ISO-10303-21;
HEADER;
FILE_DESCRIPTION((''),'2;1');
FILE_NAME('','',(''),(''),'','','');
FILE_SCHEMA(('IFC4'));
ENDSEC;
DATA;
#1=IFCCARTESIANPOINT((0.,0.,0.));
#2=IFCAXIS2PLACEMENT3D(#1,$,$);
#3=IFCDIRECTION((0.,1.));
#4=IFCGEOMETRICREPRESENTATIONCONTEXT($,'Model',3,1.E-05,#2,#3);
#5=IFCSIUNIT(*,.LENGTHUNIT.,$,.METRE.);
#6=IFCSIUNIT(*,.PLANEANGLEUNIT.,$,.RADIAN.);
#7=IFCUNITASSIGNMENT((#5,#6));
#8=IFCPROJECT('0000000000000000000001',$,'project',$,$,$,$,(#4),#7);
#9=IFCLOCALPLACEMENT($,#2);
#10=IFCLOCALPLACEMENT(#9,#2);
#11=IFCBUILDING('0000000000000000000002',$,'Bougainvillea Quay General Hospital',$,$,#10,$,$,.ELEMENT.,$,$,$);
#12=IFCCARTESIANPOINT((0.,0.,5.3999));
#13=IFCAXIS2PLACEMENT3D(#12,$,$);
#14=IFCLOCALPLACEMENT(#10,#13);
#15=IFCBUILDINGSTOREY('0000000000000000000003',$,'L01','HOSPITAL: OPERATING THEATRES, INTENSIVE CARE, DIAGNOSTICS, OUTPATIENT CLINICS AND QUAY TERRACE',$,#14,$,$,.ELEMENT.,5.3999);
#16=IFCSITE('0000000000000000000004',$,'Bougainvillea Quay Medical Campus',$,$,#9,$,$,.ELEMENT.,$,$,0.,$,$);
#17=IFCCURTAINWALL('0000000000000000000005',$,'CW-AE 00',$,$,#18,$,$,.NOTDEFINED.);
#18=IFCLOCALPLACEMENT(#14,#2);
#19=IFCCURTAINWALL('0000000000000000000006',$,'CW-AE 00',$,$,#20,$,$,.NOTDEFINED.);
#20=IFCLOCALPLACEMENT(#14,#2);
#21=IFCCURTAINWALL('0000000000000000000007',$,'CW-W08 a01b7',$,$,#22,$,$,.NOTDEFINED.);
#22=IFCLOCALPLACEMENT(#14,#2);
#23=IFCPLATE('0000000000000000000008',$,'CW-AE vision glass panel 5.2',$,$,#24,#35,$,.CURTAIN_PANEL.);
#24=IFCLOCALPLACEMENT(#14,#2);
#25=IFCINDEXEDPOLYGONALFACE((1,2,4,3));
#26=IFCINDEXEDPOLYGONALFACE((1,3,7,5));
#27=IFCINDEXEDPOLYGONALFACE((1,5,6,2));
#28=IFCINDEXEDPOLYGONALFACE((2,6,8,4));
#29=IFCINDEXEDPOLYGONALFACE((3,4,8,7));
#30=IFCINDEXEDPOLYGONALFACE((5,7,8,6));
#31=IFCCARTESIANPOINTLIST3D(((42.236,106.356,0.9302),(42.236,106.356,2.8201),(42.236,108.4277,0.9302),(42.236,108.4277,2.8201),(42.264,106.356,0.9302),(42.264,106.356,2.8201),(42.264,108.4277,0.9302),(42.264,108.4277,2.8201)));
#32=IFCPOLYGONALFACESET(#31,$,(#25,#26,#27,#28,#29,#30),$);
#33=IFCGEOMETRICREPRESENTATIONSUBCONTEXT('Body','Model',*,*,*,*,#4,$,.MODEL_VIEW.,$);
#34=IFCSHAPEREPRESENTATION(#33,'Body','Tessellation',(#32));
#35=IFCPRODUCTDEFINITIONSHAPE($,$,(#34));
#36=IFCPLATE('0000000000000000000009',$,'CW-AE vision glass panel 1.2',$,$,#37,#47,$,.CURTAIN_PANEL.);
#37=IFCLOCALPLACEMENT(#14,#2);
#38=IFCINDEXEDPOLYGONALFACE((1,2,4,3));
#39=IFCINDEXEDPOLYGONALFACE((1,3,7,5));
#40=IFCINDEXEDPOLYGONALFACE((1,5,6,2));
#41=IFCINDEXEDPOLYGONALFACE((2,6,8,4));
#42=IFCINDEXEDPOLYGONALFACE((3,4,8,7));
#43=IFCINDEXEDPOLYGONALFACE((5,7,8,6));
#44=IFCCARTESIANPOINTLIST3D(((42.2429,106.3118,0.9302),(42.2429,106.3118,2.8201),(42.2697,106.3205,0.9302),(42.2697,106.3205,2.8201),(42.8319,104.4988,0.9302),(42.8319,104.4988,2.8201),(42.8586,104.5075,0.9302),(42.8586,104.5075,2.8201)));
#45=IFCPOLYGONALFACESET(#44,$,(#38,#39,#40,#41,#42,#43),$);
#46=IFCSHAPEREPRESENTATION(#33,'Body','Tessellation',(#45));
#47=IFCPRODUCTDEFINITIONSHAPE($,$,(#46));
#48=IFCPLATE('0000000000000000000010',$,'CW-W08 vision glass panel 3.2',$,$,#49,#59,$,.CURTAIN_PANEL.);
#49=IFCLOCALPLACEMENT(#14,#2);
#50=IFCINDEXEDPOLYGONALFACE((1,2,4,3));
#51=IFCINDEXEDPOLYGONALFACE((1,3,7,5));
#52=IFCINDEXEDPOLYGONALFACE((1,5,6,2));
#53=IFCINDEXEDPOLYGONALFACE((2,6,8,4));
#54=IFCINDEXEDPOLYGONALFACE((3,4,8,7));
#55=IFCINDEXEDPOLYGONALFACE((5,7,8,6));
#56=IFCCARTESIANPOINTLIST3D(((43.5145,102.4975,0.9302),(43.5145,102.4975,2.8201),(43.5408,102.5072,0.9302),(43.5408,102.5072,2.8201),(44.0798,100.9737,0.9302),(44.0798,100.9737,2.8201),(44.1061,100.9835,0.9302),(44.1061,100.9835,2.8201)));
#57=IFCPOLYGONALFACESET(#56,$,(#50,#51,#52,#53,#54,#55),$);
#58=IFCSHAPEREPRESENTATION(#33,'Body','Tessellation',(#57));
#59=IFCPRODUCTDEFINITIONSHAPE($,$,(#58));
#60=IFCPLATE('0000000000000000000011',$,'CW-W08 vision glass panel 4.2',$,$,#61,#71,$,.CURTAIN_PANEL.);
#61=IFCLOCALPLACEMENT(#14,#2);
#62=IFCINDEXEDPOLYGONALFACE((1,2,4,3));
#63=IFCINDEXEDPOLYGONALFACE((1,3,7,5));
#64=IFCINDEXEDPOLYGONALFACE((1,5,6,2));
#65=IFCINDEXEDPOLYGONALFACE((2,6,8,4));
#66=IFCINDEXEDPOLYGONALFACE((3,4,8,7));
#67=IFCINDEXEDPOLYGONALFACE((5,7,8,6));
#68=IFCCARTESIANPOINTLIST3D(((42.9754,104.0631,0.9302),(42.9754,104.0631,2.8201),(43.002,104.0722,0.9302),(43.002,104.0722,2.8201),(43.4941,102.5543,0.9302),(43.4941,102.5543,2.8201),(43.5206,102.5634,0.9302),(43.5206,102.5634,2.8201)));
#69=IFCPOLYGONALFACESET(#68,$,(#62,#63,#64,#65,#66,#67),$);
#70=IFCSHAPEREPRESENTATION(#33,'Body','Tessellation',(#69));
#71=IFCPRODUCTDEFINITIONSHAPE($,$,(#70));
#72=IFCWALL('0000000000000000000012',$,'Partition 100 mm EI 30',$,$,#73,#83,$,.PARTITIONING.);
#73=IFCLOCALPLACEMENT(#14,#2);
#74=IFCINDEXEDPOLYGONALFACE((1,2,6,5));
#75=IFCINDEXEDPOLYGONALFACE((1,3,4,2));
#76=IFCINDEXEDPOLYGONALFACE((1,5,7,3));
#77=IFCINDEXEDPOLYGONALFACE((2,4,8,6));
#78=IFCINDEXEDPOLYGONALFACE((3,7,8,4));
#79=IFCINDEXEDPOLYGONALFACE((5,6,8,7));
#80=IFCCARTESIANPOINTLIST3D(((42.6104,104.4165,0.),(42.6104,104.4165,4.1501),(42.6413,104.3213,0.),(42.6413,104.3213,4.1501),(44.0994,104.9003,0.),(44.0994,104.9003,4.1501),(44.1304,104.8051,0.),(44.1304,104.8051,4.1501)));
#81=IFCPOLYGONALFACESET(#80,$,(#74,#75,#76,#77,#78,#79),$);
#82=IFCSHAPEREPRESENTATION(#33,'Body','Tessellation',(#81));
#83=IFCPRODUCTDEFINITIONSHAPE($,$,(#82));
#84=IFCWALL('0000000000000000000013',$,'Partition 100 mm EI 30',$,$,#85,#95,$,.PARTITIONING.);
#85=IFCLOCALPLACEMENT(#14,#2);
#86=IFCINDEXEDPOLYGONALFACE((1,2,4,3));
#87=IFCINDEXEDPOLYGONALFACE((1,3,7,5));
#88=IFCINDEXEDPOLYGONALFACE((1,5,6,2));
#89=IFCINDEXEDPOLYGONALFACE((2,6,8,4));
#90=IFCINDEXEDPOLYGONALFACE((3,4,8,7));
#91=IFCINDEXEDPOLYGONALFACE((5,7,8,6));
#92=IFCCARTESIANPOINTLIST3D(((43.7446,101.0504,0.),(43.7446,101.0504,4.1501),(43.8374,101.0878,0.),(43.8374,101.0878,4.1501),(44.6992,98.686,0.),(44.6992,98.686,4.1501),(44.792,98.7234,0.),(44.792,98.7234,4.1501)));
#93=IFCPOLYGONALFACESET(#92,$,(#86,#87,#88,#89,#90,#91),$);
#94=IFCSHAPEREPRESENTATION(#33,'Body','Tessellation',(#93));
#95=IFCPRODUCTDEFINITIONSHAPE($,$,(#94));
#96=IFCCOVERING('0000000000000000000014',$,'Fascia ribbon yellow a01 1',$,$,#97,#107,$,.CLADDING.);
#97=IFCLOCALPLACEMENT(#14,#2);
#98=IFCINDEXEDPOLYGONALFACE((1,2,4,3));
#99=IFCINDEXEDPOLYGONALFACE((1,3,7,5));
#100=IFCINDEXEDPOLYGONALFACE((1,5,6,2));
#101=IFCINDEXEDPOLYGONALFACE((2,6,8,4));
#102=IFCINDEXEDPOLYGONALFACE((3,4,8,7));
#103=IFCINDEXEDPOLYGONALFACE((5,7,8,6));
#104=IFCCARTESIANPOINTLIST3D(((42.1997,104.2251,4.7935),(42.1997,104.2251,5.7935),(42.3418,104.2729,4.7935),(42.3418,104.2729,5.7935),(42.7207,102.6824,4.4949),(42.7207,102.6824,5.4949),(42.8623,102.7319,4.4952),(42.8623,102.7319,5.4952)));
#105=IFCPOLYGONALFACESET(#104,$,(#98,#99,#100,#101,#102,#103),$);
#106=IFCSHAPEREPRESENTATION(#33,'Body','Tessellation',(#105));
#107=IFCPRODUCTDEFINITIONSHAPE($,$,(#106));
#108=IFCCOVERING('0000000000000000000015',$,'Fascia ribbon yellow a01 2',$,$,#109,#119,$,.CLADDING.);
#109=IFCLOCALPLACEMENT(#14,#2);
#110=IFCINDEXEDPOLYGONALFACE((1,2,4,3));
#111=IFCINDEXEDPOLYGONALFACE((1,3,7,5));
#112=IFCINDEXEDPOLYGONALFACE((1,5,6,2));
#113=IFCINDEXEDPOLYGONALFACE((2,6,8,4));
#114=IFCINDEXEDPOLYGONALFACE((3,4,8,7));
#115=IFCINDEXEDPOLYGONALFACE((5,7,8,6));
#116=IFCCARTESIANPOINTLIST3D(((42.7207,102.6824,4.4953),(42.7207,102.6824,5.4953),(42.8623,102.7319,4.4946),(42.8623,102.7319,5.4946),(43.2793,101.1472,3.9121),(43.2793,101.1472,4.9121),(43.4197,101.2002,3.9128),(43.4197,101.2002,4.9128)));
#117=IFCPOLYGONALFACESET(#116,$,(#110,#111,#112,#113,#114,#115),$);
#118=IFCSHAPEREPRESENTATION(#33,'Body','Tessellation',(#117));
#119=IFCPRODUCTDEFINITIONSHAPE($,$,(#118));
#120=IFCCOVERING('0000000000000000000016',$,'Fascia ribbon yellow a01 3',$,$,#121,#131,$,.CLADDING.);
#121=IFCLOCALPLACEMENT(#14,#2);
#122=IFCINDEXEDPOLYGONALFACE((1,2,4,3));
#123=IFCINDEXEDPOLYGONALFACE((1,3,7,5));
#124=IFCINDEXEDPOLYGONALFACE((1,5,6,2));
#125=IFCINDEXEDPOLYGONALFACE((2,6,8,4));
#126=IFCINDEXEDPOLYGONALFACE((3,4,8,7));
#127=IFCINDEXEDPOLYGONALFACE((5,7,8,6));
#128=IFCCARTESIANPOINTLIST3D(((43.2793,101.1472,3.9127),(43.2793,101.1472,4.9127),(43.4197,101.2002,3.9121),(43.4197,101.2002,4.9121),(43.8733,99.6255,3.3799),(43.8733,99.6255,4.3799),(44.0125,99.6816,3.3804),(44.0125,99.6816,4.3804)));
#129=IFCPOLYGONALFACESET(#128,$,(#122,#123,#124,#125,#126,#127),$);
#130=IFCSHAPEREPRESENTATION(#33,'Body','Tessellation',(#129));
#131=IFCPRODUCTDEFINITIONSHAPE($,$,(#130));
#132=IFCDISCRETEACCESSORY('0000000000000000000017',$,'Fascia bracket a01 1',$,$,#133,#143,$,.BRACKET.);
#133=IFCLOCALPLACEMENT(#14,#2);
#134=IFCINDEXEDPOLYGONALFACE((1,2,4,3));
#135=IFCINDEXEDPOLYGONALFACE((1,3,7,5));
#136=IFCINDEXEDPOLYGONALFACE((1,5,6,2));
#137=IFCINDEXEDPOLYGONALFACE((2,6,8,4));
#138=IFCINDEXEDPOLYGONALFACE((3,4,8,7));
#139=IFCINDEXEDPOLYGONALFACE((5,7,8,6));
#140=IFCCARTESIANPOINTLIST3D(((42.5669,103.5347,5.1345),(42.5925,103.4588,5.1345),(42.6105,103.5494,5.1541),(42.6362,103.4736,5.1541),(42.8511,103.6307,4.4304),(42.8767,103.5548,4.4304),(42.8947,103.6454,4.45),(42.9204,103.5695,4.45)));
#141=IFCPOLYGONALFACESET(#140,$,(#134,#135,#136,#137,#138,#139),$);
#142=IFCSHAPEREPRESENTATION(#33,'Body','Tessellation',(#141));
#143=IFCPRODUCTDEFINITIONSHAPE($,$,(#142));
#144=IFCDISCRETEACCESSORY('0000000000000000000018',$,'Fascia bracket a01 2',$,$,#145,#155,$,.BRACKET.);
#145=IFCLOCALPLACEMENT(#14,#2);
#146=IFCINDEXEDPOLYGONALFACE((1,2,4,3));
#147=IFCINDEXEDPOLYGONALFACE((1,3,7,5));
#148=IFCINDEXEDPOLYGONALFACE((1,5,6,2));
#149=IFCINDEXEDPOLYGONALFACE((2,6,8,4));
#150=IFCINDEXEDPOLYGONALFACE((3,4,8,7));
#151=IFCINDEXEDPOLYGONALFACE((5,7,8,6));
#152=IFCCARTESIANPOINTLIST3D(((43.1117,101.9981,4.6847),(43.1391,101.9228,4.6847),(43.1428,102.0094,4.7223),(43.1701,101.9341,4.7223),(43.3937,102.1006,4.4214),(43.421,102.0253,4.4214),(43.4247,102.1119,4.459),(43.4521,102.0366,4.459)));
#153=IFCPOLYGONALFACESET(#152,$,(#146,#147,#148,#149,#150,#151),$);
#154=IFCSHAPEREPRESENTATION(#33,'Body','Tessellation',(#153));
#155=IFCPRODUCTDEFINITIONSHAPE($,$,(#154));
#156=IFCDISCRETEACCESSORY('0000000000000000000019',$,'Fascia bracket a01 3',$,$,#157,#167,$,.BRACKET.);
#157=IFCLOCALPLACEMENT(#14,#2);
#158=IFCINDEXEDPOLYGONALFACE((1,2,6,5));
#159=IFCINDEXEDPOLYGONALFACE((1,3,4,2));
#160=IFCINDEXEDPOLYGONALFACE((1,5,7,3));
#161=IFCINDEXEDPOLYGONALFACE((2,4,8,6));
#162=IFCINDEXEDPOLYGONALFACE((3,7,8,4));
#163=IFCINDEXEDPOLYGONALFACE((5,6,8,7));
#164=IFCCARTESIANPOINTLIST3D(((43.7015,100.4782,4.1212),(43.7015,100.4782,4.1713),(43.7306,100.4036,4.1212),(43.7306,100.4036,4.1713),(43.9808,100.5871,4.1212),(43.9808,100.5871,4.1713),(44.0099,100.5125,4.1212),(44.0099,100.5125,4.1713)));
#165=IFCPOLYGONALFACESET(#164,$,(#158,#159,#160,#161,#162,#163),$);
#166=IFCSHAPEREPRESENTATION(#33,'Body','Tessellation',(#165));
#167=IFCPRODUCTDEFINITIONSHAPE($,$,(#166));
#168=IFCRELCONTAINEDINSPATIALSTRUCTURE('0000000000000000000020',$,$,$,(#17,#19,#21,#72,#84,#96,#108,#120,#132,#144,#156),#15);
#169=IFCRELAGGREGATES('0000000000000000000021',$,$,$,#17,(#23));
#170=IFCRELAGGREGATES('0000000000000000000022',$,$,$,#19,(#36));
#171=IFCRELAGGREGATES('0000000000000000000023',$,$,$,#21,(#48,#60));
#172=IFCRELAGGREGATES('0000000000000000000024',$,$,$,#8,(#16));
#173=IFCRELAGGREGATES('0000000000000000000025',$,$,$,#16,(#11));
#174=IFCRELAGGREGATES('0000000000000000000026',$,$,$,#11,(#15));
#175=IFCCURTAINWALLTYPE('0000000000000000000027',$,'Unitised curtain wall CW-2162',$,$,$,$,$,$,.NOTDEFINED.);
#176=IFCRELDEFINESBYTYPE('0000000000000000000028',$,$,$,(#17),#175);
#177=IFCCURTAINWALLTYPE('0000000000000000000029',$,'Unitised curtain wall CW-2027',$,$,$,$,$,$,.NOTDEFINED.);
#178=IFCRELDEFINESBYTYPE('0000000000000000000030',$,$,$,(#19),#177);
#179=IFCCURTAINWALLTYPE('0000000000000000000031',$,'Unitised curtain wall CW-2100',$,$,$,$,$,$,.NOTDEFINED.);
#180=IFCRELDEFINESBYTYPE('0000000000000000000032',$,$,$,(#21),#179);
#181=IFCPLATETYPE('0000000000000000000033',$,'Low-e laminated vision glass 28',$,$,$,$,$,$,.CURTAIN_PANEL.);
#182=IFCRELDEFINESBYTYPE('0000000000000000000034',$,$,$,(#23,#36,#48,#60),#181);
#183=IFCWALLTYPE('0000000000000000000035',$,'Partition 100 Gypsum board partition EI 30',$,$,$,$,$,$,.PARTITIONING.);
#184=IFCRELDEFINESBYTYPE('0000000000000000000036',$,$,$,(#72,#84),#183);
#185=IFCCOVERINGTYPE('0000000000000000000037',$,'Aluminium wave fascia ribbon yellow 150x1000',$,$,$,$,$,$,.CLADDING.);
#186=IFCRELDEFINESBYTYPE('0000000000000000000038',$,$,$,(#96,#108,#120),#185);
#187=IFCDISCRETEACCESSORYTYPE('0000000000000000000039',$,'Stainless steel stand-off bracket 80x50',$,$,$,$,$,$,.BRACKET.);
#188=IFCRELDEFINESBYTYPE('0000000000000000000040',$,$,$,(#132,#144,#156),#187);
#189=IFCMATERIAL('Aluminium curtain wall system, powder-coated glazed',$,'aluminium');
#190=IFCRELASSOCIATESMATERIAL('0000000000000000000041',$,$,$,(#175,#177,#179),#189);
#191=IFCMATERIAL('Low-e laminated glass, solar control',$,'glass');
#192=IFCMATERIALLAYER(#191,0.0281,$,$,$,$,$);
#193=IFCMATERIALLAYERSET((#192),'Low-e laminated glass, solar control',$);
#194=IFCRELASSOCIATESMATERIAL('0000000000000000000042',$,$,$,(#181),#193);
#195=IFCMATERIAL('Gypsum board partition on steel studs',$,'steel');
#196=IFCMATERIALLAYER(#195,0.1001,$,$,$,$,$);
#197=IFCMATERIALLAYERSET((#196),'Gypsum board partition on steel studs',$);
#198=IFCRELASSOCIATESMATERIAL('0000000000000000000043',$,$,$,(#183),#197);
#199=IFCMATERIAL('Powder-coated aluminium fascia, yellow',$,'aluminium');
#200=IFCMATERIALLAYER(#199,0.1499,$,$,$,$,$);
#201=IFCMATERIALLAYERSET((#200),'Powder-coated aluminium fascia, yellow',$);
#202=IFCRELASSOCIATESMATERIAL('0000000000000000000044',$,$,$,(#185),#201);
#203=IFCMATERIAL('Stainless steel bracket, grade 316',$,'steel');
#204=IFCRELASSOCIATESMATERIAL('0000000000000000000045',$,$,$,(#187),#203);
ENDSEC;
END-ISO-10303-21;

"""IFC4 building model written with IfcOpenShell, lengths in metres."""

from ifc_helpers import new_model, si_unit, direction, frame, frame_2d, origin, origin_2d, place, context, subcontext, project, spatial, polyline, rectangle, outline, extrude, material, layer, layer_set, material_profile, profile_set, type_object, element, aggregate, save


model = new_model("IFC4")

# Units and contexts
model_context = context("Model", 3, precision=1e-05, world=origin(), true_north=direction((0.0, 1.0)))
body_context = subcontext(model_context, "Body", "Model", "MODEL_VIEW")
ifc_project = project(units=[si_unit("LENGTHUNIT", "METRE"), si_unit("PLANEANGLEUNIT", "RADIAN")], contexts=[model_context])

# Site, building, storey
site_placement = place(None, origin())
site = spatial("IfcSite", under=ifc_project, at=site_placement, Name="Bougainvillea Quay Medical Campus", CompositionType="ELEMENT", RefElevation=0.0)
building_placement = place(site_placement, origin())
building = spatial("IfcBuilding", under=site, at=building_placement, Name="Bougainvillea Quay General Hospital", CompositionType="ELEMENT")
storey_placement = place(building_placement, frame((0.0, 0.0, 5.3999)))
storey = spatial("IfcBuildingStorey", under=building, at=storey_placement, Name="L01", Description="HOSPITAL: OPERATING THEATRES, INTENSIVE CARE, DIAGNOSTICS, OUTPATIENT CLINICS AND QUAY TERRACE", CompositionType="ELEMENT", Elevation=5.3999)

# Curtain wall
ifc_material_1 = material(Name="Aluminium curtain wall system, powder-coated glazed", Category="aluminium")
curtain_wall_type_1 = type_object("IfcCurtainWallType", Name="Unitised curtain wall CW-2162", PredefinedType="NOTDEFINED", material=ifc_material_1)
curtain_wall_1_placement = place(storey_placement, origin())
curtain_wall_1 = element("IfcCurtainWall", 1, at=curtain_wall_1_placement, inside=storey, type_object=curtain_wall_type_1, Name="CW-AE 00", PredefinedType="NOTDEFINED")

# Curtain walls
curtain_wall_type_2 = type_object("IfcCurtainWallType", Name="Unitised curtain wall CW-2027", PredefinedType="NOTDEFINED", material=ifc_material_1)
curtain_wall_2_placement = place(storey_placement, origin())
curtain_wall_2 = element("IfcCurtainWall", 2, at=curtain_wall_2_placement, inside=storey, type_object=curtain_wall_type_2, Name="CW-AE 00", PredefinedType="NOTDEFINED")
curtain_wall_type_3 = type_object("IfcCurtainWallType", Name="Unitised curtain wall CW-2100", PredefinedType="NOTDEFINED", material=ifc_material_1)
curtain_wall_3_placement = place(storey_placement, origin())
curtain_wall_3 = element("IfcCurtainWall", 3, at=curtain_wall_3_placement, inside=storey, type_object=curtain_wall_type_3, Name="CW-W08 a01b7", PredefinedType="NOTDEFINED")

# Plates
ifc_material_2 = material(Name="Low-e laminated glass, solar control", Category="glass")
ifc_layer_1 = layer(ifc_material_2, 0.0281)
ifc_layer_set_1 = layer_set([ifc_layer_1], Name="Low-e laminated glass, solar control")
plate_type_1 = type_object("IfcPlateType", Name="Low-e laminated vision glass 28", PredefinedType="CURTAIN_PANEL", material=ifc_layer_set_1)
plate_1_placement = place(storey_placement, frame((42.25, 107.3918, 0.9302), z_axis=(0.0, 0.0, 1.0), x_axis=(0.0, -1.0, 0.0)))
plate_1 = element("IfcPlate", 4, at=plate_1_placement, type_object=plate_type_1, Name="CW-AE vision glass panel 5.2", PredefinedType="CURTAIN_PANEL", context=body_context, shape_type="SweptSolid", body=[
    extrude(rectangle(XDim=2.0718, YDim=0.0281, at=origin_2d()), origin(), (0.0, 0.0, 1.0), 1.8899),
])
aggregate(curtain_wall_1, [plate_1])
plate_2_placement = place(storey_placement, frame((42.5508, 105.4097, 0.9302), z_axis=(0.0, 0.0, 1.0), x_axis=(0.308963, -0.951074, 0.0)))
plate_2 = element("IfcPlate", 5, at=plate_2_placement, type_object=plate_type_1, Name="CW-AE vision glass panel 1.2", PredefinedType="CURTAIN_PANEL", context=body_context, shape_type="SweptSolid", body=[
    extrude(rectangle(XDim=1.9062, YDim=0.0281, at=origin_2d()), origin(), (0.0, 0.0, 1.0), 1.8899),
])
aggregate(curtain_wall_2, [plate_2])
plate_3_placement = place(storey_placement, frame((43.8103, 101.7405, 0.9302), z_axis=(0.0, 0.0, 1.0), x_axis=(-0.347833, 0.937556, 0.0)))
plate_3 = element("IfcPlate", 6, at=plate_3_placement, type_object=plate_type_1, Name="CW-W08 vision glass panel 3.2", PredefinedType="CURTAIN_PANEL", context=body_context, shape_type="SweptSolid", body=[
    extrude(rectangle(XDim=1.6252, YDim=0.0281, at=origin_2d()), origin(), (0.0, 0.0, 1.0), 1.8899),
])
plate_4_placement = place(storey_placement, frame((43.248, 103.3132, 0.9302), z_axis=(0.0, 0.0, 1.0), x_axis=(-0.325079, 0.945687, 0.0)))
plate_4 = element("IfcPlate", 7, at=plate_4_placement, type_object=plate_type_1, Name="CW-W08 vision glass panel 4.2", PredefinedType="CURTAIN_PANEL", context=body_context, shape_type="SweptSolid", body=[
    extrude(rectangle(XDim=1.5955, YDim=0.0281, at=origin_2d()), origin(), (0.0, 0.0, 1.0), 1.8899),
])
aggregate(curtain_wall_3, [plate_3, plate_4])

# Walls
ifc_material_3 = material(Name="Gypsum board partition on steel studs", Category="steel")
ifc_layer_2 = layer(ifc_material_3, 0.1001)
ifc_layer_set_2 = layer_set([ifc_layer_2], Name="Gypsum board partition on steel studs")
wall_type = type_object("IfcWallType", Name="Partition 100 Gypsum board partition EI 30", PredefinedType="PARTITIONING", material=ifc_layer_set_2)
wall_1_placement = place(storey_placement, frame((42.626, 104.3689, 0.0), z_axis=(0.0, 0.0, 1.0), x_axis=(0.951042, 0.309061, 0.0)))
element("IfcWall", 8, at=wall_1_placement, inside=storey, type_object=wall_type, Name="Partition 100 mm EI 30", PredefinedType="PARTITIONING", context=body_context, shape_type="SweptSolid", body=[
    extrude(rectangle(XDim=1.5657, YDim=0.1001, at=frame_2d((0.7827, 0.0))), origin(), (0.0, 0.0, 1.0), 4.1501),
])
wall_2_placement = place(storey_placement, frame((43.791, 101.0691, 0.0), z_axis=(0.0, 0.0, 1.0), x_axis=(0.37436, -0.927283, 0.0)))
element("IfcWall", 9, at=wall_2_placement, inside=storey, type_object=wall_type, Name="Partition 100 mm EI 30", PredefinedType="PARTITIONING", context=body_context, shape_type="SweptSolid", body=[
    extrude(rectangle(XDim=2.5498, YDim=0.1001, at=frame_2d((1.2749, 0.0))), origin(), (0.0, 0.0, 1.0), 4.1501),
])

# Coverings
ifc_material_4 = material(Name="Powder-coated aluminium fascia, yellow", Category="aluminium")
ifc_layer_3 = layer(ifc_material_4, 0.1499)
ifc_layer_set_3 = layer_set([ifc_layer_3], Name="Powder-coated aluminium fascia, yellow")
covering_type = type_object("IfcCoveringType", Name="Aluminium wave fascia ribbon yellow 150x1000", PredefinedType="CLADDING", material=ifc_layer_set_3)
covering_1_placement = place(storey_placement, frame((42.3418, 104.2729, 4.7935), z_axis=(0.057825, -0.170866, 0.983596), x_axis=(0.314758, -0.931874, -0.180386)))
element("IfcCovering", 10, at=covering_1_placement, inside=storey, type_object=covering_type, Name="Fascia ribbon yellow a01 1", PredefinedType="CLADDING", context=body_context, shape_type="SweptSolid", body=[
    extrude(outline(polyline([(0.0, 0.0), (1.6537, 0.0), (1.6553, -0.15), (-0.0001, -0.1499), (0.0, 0.0)])), origin(), (-0.180386, -0.000104, 0.983596), 1.0),
])
covering_2_placement = place(storey_placement, frame((42.8623, 102.7319, 4.4946), z_axis=(0.114893, -0.315957, 0.941791), x_axis=(0.322043, -0.885019, -0.336198)))
element("IfcCovering", 11, at=covering_2_placement, inside=storey, type_object=covering_type, Name="Fascia ribbon yellow a01 2", PredefinedType="CLADDING", context=body_context, shape_type="SweptSolid", body=[
    extrude(outline(polyline([(0.0, 0.0), (1.7307, 0.0), (1.7326, -0.15), (-0.002, -0.15), (0.0, 0.0)])), origin(), (-0.336198, 0.000069, 0.941791), 1.0),
])
covering_3_placement = place(storey_placement, frame((43.4197, 101.2002, 3.9121), z_axis=(0.112762, -0.288843, 0.950712), x_axis=(0.345709, -0.885629, -0.310074)))
element("IfcCovering", 12, at=covering_3_placement, inside=storey, type_object=covering_type, Name="Fascia ribbon yellow a01 3", PredefinedType="CLADDING", context=body_context, shape_type="SweptSolid", body=[
    extrude(outline(polyline([(0.0, 0.0), (1.7147, 0.0), (1.7165, -0.1501), (-0.0018, -0.15), (0.0, 0.0)])), origin(), (-0.310074, -0.00001, 0.950712), 1.0),
])

# Discrete accessories
ifc_material_5 = material(Name="Stainless steel bracket, grade 316", Category="steel")
ifc_material_profile_1 = material_profile(ifc_material_5, rectangle(XDim=0.0801, YDim=0.05, at=origin_2d()))
ifc_profile_set_1 = profile_set([ifc_material_profile_1], Name="Stainless steel bracket, grade 316")
discrete_accessory_type = type_object("IfcDiscreteAccessoryType", Name="Stainless steel stand-off bracket 80x50", PredefinedType="BRACKET", material=ifc_profile_set_1)
discrete_accessory_1_placement = place(storey_placement, frame((42.8857, 103.6001, 4.4402), z_axis=(-0.371319, -0.125368, 0.920003), x_axis=(0.319888, -0.947455, 0.0)))
element("IfcDiscreteAccessory", 13, at=discrete_accessory_1_placement, inside=storey, type_object=discrete_accessory_type, Name="Fascia bracket a01 1", PredefinedType="BRACKET", context=body_context, shape_type="SweptSolid", body=[
    extrude(rectangle(XDim=0.0801, YDim=0.05, at=origin_2d()), origin(), (0.0, 0.0, 1.0), 0.7654),
])
discrete_accessory_2_placement = place(storey_placement, frame((43.4229, 102.0686, 4.4402), z_axis=(-0.706232, -0.256812, 0.659761), x_axis=(0.341743, -0.939793, 0.0)))
element("IfcDiscreteAccessory", 14, at=discrete_accessory_2_placement, inside=storey, type_object=discrete_accessory_type, Name="Fascia bracket a01 2", PredefinedType="BRACKET", context=body_context, shape_type="SweptSolid", body=[
    extrude(rectangle(XDim=0.0801, YDim=0.05, at=origin_2d()), origin(), (0.0, 0.0, 1.0), 0.3992),
])
discrete_accessory_3_placement = place(storey_placement, frame((43.9954, 100.5498, 4.1462), z_axis=(-0.931699, -0.363232, 0.0), x_axis=(0.363232, -0.931699, 0.0)))
element("IfcDiscreteAccessory", 15, at=discrete_accessory_3_placement, inside=storey, type_object=discrete_accessory_type, Name="Fascia bracket a01 3", PredefinedType="BRACKET", context=body_context, shape_type="SweptSolid", body=[
    extrude(rectangle(XDim=0.0801, YDim=0.05, at=origin_2d()), origin(), (0.0, 0.0, 1.0), 0.2998),
])

save(model, "model.ifc")
